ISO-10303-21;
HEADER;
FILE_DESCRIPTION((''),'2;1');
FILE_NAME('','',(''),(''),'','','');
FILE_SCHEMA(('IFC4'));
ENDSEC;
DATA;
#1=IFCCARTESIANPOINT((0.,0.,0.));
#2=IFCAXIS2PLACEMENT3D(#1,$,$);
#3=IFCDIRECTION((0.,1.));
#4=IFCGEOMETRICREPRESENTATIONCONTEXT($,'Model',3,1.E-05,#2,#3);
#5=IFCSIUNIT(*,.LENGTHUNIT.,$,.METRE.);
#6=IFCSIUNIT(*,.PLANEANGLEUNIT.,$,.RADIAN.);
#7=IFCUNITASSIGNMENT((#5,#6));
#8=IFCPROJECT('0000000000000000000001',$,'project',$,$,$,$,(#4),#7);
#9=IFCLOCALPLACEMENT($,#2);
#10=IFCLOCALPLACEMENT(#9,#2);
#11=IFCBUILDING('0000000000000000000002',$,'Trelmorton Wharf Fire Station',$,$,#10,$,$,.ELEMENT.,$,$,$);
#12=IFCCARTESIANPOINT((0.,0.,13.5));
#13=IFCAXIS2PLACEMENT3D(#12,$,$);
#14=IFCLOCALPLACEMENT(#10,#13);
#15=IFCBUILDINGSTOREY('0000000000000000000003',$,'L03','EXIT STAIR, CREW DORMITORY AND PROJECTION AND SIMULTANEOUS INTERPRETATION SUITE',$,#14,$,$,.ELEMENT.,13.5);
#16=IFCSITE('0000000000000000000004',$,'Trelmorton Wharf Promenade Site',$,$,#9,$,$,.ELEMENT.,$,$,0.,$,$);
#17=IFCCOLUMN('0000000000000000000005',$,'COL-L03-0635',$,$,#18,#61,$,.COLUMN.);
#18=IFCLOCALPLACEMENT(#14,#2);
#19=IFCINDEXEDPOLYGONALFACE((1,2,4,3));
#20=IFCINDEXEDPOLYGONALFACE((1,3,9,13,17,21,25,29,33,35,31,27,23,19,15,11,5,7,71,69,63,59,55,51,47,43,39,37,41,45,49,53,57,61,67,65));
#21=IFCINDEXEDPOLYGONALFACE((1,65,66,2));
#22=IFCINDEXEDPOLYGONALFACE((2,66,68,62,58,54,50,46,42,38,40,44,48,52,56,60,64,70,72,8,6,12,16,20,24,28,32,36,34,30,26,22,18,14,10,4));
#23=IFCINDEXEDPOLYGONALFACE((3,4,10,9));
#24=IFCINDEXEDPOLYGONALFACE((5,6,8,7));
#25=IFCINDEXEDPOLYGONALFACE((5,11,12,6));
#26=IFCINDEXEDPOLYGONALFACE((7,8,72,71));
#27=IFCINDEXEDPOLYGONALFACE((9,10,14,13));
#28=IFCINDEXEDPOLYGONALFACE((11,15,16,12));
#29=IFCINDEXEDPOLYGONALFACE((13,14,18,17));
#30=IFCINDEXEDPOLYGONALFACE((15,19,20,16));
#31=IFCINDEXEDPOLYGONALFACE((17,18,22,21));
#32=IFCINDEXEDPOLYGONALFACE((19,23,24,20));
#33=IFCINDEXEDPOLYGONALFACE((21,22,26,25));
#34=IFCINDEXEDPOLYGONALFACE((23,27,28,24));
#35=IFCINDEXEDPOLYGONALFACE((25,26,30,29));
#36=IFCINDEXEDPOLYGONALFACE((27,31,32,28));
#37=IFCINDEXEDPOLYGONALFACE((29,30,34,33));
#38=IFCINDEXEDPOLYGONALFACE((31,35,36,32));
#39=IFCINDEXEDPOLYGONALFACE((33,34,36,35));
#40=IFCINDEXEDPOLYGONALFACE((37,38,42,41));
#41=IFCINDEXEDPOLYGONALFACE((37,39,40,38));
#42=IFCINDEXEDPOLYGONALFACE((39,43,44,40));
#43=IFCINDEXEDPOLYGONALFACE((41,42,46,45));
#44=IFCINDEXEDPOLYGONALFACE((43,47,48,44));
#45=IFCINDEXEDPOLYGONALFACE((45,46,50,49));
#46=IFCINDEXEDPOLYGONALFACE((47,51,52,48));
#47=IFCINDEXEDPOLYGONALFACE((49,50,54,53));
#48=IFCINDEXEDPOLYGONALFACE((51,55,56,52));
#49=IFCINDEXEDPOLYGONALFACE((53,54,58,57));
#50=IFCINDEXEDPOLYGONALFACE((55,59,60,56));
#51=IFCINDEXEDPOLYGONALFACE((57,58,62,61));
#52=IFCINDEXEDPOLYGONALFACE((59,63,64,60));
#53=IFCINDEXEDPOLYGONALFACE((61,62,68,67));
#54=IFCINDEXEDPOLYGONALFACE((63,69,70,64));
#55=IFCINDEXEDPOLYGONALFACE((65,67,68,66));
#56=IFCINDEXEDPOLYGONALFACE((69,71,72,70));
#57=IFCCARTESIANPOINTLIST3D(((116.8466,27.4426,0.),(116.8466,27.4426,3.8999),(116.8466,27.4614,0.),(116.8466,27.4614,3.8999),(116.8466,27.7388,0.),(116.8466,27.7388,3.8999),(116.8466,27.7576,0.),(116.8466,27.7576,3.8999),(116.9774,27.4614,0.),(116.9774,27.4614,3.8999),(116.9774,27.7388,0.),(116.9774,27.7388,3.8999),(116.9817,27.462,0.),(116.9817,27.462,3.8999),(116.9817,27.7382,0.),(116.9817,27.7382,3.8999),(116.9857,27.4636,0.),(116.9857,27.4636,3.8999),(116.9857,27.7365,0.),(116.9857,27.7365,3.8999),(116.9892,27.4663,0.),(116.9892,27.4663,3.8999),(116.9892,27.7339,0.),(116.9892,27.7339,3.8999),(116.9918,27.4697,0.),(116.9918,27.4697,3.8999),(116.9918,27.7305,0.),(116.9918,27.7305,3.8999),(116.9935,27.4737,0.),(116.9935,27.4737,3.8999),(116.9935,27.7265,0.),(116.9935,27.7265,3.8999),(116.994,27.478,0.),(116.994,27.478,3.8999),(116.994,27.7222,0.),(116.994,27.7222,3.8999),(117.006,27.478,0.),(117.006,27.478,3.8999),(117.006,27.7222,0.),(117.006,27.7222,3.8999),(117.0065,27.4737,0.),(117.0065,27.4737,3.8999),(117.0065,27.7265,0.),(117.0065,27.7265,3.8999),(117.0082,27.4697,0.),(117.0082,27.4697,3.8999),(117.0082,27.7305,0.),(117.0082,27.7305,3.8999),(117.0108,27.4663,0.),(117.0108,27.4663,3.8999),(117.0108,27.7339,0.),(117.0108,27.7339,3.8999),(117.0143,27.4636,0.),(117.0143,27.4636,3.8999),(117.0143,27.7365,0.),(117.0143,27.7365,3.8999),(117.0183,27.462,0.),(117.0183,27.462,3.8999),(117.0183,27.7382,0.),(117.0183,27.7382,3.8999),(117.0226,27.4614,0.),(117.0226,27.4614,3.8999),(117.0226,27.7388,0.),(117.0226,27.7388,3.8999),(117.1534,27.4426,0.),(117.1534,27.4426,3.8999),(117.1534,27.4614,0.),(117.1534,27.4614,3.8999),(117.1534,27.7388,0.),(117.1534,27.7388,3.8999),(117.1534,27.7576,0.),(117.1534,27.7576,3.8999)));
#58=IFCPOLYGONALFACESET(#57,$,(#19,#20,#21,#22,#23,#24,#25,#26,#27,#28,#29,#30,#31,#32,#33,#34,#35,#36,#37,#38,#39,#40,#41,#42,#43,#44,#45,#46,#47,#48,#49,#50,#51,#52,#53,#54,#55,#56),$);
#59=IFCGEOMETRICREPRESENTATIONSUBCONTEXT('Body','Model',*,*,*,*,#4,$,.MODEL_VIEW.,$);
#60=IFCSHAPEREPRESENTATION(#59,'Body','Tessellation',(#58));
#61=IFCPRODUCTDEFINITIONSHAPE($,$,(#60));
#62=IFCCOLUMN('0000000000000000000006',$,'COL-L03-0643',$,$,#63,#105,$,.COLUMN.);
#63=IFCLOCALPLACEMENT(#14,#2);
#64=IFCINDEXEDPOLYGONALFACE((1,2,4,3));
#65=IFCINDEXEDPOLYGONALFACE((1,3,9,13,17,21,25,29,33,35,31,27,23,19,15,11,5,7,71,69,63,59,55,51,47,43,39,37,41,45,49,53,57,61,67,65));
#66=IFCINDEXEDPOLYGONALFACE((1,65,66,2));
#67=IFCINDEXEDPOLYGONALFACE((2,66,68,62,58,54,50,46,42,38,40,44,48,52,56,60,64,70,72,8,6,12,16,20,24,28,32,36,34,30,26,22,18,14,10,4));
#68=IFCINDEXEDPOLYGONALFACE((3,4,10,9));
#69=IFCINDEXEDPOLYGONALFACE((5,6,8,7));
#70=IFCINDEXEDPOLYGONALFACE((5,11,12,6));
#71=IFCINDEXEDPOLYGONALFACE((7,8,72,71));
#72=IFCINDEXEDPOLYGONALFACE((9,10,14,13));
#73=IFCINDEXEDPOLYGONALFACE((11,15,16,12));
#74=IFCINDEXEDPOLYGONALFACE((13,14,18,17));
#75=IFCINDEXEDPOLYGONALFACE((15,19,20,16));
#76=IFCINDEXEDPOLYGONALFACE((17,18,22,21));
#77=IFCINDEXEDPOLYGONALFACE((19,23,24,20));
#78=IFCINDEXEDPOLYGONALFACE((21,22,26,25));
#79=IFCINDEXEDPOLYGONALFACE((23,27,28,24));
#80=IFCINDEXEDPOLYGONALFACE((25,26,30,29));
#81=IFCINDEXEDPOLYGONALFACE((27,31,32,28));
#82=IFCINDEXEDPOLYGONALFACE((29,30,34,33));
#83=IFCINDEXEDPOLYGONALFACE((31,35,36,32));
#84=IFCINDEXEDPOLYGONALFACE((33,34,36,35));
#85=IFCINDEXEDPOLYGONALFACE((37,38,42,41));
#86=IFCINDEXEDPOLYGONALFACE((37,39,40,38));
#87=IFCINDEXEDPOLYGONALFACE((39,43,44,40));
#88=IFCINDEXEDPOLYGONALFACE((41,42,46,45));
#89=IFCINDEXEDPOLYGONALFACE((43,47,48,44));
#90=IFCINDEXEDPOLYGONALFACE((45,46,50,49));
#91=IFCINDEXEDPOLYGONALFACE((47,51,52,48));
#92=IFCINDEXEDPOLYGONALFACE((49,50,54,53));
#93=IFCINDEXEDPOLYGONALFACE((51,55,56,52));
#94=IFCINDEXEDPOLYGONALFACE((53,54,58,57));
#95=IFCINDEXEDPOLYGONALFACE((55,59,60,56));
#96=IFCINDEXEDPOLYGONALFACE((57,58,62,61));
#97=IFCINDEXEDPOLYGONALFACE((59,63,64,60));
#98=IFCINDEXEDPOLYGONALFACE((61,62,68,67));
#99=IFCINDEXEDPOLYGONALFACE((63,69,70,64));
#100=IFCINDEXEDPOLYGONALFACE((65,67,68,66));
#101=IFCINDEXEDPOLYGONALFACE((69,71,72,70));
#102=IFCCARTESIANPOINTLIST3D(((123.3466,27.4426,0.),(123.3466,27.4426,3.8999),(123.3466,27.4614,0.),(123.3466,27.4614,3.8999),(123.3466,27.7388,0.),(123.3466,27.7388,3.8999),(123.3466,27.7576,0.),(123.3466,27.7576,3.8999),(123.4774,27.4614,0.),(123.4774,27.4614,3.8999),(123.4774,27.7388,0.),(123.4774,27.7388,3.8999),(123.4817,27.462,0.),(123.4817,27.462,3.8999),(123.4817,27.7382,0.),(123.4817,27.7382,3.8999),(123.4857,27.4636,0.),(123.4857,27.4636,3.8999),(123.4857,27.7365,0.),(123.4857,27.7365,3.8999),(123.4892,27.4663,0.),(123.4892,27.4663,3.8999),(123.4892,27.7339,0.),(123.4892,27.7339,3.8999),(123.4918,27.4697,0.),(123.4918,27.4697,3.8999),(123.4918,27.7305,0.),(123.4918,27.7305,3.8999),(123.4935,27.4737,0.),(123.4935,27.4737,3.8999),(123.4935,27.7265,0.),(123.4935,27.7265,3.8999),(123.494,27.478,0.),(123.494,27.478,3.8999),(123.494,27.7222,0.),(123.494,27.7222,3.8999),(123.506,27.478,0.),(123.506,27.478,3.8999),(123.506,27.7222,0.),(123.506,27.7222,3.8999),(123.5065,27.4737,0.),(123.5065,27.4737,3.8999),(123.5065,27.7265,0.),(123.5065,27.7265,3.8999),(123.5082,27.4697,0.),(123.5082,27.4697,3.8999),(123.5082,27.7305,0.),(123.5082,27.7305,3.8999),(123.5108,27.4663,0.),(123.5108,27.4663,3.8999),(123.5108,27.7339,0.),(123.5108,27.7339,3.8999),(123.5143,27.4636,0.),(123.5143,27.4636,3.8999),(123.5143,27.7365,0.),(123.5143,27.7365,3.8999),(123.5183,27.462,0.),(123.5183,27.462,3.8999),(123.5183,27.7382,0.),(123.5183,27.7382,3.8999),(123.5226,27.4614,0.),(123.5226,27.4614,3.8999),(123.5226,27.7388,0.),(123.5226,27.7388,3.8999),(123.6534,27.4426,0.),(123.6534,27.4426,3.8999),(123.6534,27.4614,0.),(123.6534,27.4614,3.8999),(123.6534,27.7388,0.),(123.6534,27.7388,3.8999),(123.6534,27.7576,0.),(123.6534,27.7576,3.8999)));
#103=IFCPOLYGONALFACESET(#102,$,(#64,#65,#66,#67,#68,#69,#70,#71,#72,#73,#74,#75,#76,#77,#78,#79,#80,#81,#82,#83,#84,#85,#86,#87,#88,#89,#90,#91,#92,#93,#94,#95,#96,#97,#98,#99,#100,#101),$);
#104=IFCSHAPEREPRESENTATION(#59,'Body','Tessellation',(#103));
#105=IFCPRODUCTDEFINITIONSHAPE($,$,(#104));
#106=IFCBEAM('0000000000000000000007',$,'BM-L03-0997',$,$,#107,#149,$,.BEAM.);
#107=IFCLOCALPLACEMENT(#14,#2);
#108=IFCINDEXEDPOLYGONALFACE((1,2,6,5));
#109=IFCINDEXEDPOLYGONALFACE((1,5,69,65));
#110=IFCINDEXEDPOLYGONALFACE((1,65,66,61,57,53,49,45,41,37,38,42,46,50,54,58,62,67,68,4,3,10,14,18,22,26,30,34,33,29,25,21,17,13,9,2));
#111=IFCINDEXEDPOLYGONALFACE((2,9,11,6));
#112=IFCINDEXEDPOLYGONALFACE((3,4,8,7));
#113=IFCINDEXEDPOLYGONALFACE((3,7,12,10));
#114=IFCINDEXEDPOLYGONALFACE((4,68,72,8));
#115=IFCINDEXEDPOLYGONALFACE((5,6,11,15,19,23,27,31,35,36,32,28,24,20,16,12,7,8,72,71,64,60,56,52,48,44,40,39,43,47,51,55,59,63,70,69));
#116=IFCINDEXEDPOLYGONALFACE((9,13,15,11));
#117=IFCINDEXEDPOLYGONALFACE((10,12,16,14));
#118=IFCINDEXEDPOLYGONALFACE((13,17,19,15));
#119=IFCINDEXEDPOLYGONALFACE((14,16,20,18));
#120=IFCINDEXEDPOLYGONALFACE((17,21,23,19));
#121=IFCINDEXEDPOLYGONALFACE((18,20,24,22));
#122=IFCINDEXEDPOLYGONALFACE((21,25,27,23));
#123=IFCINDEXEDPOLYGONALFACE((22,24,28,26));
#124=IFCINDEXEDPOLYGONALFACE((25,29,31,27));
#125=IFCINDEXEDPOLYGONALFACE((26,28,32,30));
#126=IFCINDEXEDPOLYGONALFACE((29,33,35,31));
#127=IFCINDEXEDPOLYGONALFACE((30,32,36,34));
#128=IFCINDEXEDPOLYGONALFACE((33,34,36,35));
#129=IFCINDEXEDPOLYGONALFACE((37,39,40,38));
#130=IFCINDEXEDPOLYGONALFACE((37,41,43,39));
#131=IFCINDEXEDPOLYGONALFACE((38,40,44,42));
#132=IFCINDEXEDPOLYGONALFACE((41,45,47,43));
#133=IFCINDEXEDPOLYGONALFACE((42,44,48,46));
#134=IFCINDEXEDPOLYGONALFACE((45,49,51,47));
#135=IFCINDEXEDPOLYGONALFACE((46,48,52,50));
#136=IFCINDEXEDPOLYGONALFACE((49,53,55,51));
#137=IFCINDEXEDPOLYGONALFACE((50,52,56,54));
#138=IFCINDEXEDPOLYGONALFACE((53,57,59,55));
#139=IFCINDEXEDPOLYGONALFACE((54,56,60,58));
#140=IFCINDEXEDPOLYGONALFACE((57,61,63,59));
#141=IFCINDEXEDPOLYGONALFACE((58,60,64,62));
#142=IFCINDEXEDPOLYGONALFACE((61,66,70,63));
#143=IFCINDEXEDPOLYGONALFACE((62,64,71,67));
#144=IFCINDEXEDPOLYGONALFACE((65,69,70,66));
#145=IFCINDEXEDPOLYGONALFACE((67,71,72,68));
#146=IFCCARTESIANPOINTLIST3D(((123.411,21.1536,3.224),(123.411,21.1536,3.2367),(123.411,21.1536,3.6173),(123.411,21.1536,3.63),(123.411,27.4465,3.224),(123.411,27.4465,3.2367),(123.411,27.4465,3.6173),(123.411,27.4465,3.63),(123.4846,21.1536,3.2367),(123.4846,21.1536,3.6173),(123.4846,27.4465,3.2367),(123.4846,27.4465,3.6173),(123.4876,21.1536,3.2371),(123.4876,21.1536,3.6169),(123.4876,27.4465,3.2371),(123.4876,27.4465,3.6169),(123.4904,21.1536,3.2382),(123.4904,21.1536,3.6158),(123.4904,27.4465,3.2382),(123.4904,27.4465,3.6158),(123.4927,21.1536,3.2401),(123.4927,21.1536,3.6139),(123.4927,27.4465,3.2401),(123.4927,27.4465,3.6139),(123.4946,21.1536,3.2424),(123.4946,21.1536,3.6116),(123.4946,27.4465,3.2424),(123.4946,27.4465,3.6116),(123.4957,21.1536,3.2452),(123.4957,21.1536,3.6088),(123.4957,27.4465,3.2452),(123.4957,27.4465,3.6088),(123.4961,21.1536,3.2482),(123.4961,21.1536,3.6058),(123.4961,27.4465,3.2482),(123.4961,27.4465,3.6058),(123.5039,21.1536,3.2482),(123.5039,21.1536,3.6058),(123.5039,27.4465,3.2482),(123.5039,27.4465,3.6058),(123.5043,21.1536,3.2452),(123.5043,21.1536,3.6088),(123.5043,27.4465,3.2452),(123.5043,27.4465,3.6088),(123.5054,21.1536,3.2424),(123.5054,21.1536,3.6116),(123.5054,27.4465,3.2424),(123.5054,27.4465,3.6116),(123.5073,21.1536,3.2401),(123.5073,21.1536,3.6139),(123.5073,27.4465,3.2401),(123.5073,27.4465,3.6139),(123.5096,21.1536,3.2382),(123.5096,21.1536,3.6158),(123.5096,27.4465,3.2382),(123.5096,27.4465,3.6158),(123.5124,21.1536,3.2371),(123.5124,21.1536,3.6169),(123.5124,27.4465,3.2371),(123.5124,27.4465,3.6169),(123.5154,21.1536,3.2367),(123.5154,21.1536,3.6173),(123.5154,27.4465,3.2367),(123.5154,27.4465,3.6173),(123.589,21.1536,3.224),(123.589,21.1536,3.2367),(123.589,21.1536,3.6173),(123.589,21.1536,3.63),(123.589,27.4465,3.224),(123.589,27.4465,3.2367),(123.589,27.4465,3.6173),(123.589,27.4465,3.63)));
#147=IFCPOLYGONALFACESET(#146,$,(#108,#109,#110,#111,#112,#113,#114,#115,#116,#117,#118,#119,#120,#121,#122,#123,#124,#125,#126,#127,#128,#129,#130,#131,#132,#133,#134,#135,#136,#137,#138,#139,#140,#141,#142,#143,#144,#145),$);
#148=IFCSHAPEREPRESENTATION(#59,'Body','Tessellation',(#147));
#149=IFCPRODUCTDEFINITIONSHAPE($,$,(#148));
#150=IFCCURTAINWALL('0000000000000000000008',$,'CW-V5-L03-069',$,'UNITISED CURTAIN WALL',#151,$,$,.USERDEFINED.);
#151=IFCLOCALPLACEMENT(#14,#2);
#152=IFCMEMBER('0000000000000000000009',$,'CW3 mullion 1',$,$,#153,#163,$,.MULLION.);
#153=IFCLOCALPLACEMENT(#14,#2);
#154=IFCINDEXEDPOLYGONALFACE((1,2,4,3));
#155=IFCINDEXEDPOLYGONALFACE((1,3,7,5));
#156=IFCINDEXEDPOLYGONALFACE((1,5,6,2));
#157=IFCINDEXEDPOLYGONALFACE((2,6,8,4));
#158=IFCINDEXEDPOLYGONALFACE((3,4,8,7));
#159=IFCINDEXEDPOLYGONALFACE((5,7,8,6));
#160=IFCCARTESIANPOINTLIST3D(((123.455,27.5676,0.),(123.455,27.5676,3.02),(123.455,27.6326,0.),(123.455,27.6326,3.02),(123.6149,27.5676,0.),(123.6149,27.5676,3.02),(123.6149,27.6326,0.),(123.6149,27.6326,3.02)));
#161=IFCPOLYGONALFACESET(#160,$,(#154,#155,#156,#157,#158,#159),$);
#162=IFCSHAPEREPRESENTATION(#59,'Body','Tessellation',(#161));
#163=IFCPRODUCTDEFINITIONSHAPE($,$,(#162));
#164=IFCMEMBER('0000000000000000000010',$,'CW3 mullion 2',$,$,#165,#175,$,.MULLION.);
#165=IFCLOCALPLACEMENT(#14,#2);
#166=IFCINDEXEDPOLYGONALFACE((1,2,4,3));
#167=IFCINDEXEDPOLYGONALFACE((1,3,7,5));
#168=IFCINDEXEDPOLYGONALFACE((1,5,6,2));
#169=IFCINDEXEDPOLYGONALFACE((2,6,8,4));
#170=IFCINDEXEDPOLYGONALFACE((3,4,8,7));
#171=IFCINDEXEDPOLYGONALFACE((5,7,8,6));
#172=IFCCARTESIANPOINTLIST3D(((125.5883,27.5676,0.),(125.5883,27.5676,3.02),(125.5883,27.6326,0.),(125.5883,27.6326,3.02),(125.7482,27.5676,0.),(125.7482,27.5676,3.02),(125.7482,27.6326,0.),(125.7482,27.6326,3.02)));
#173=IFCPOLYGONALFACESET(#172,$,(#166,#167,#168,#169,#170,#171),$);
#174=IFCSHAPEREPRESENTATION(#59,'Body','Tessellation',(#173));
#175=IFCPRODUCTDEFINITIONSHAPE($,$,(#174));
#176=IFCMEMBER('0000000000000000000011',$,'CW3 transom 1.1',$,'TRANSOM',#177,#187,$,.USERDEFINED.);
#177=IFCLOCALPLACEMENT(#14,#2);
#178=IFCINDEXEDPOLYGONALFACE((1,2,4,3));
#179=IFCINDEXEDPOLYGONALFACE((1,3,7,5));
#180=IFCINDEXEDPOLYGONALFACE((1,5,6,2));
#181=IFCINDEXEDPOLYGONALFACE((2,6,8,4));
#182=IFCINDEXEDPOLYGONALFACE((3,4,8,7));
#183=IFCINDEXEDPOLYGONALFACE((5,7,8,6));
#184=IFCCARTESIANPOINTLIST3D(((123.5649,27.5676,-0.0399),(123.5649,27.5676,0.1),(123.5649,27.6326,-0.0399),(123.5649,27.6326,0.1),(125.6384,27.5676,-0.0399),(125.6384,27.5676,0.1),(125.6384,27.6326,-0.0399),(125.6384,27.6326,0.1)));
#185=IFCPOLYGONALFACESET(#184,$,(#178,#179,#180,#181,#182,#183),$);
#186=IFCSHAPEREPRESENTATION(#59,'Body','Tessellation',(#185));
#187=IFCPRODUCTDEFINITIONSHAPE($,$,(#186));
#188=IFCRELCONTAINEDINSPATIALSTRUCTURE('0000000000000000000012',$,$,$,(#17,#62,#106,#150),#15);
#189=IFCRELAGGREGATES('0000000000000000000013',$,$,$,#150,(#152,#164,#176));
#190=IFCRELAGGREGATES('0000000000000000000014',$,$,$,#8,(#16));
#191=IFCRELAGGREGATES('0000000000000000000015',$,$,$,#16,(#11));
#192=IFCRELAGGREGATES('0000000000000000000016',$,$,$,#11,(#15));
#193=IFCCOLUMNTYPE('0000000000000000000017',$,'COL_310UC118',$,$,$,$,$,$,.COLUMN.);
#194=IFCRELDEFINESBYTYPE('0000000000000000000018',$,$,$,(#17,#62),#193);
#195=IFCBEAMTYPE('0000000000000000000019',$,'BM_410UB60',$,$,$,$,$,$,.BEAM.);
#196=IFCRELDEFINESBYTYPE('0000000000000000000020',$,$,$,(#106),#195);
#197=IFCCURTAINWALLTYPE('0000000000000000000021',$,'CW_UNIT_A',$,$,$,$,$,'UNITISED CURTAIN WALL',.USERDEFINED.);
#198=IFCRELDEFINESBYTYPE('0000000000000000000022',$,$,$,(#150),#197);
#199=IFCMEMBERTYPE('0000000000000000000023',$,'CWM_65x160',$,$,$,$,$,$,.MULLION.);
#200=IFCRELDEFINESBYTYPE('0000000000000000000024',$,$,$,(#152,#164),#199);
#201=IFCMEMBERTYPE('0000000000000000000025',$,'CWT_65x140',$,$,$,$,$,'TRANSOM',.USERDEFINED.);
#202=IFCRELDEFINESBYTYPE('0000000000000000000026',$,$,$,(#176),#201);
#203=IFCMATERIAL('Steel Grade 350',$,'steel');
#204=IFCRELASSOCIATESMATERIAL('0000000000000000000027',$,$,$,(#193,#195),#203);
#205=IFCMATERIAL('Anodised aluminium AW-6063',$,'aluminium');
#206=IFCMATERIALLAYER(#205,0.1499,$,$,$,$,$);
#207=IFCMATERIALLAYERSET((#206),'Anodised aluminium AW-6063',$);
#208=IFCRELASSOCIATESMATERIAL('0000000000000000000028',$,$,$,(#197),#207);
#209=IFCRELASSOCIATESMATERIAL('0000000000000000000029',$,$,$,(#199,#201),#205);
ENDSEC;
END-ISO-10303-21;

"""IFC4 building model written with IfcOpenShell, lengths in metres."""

from ifc_helpers import new_model, si_unit, direction, frame, origin, origin_2d, place, context, subcontext, project, spatial, rectangle, i_section, extrude, material, layer, layer_set, material_profile, profile_set, type_object, element, aggregate, save


model = new_model("IFC4")

# Units and contexts
model_context = context("Model", 3, precision=1e-05, world=origin(), true_north=direction((0.0, 1.0)))
body_context = subcontext(model_context, "Body", "Model", "MODEL_VIEW")
ifc_project = project(units=[si_unit("LENGTHUNIT", "METRE"), si_unit("PLANEANGLEUNIT", "RADIAN")], contexts=[model_context])

# Site, building, storey
site_placement = place(None, origin())
site = spatial("IfcSite", under=ifc_project, at=site_placement, Name="Trelmorton Wharf Promenade Site", CompositionType="ELEMENT", RefElevation=0.0)
building_placement = place(site_placement, origin())
building = spatial("IfcBuilding", under=site, at=building_placement, Name="Trelmorton Wharf Fire Station", CompositionType="ELEMENT")
storey_placement = place(building_placement, frame((0.0, 0.0, 13.5)))
storey = spatial("IfcBuildingStorey", under=building, at=storey_placement, Name="L03", Description="EXIT STAIR, CREW DORMITORY AND PROJECTION AND SIMULTANEOUS INTERPRETATION SUITE", CompositionType="ELEMENT", Elevation=13.5)

# Columns
ifc_material_1 = material(Name="Steel Grade 350", Category="steel")
ifc_material_profile_1 = material_profile(ifc_material_1, i_section(OverallWidth=0.3069, OverallDepth=0.3149, WebThickness=0.012, FlangeThickness=0.0188, FilletRadius=0.0166, at=origin_2d()), Name="310UC118")
ifc_profile_set_1 = profile_set([ifc_material_profile_1], Name="Steel Grade 350")
column_type = type_object("IfcColumnType", Name="COL_310UC118", PredefinedType="COLUMN", material=ifc_profile_set_1)
for number, where, z_axis, x_axis, name in (
    (1, (117.0, 27.6001, 0.0), (0.0, 0.0, 1.0), (1.0, 0.0, 0.0), "COL-L03-0635"),
    (2, (123.5, 27.6001, 0.0), (0.0, 0.0, 1.0), (1.0, 0.0, 0.0), "COL-L03-0643"),
):
    element("IfcColumn", number, at=place(storey_placement, frame(where, z_axis=z_axis, x_axis=x_axis)), inside=storey, type_object=column_type, Name=name, PredefinedType="COLUMN", context=body_context, shape_type="SweptSolid", body=[
        extrude(i_section(OverallWidth=0.3069, OverallDepth=0.3149, WebThickness=0.012, FlangeThickness=0.0188, FilletRadius=0.0166, at=origin_2d()), origin(), (0.0, 0.0, 1.0), 3.8999),
    ])

# Beam
ifc_material_profile_2 = material_profile(ifc_material_1, i_section(OverallWidth=0.178, OverallDepth=0.406, WebThickness=0.0078, FlangeThickness=0.0127, FilletRadius=0.0115, at=origin_2d()), Name="410UB59.7")
ifc_profile_set_2 = profile_set([ifc_material_profile_2], Name="Steel Grade 350")
beam_type_1 = type_object("IfcBeamType", Name="BM_410UB60", PredefinedType="BEAM", material=ifc_profile_set_2)
beam_placement = place(storey_placement, frame((123.5, 21.1536, 3.427), z_axis=(0.0, 1.0, 0.0), x_axis=(-1.0, 0.0, 0.0)))
element("IfcBeam", 3, at=beam_placement, inside=storey, type_object=beam_type_1, Name="BM-L03-0997", PredefinedType="BEAM", context=body_context, shape_type="SweptSolid", body=[
    extrude(i_section(OverallWidth=0.178, OverallDepth=0.406, WebThickness=0.0078, FlangeThickness=0.0127, FilletRadius=0.0115, at=origin_2d()), origin(), (0.0, 0.0, 1.0), 6.293),
])

# Curtain wall, members
ifc_material_2 = material(Name="Anodised aluminium AW-6063", Category="aluminium")
ifc_layer_1 = layer(ifc_material_2, 0.1499)
ifc_layer_set_1 = layer_set([ifc_layer_1], Name="Anodised aluminium AW-6063")
curtain_wall_type = type_object("IfcCurtainWallType", Name="CW_UNIT_A", ElementType="UNITISED CURTAIN WALL", PredefinedType="USERDEFINED", material=ifc_layer_set_1)
curtain_wall_placement = place(storey_placement, origin())
curtain_wall = element("IfcCurtainWall", 4, at=curtain_wall_placement, inside=storey, type_object=curtain_wall_type, Name="CW-V5-L03-069", ObjectType="UNITISED CURTAIN WALL", PredefinedType="USERDEFINED")
ifc_material_profile_3 = material_profile(ifc_material_2, rectangle(XDim=0.0649, YDim=0.1599, at=origin_2d()), Name="ALU-65x160")
ifc_profile_set_3 = profile_set([ifc_material_profile_3], Name="Anodised aluminium AW-6063")
member_type_1 = type_object("IfcMemberType", Name="CWM_65x160", PredefinedType="MULLION", material=ifc_profile_set_3)
member_1_placement = place(storey_placement, frame((123.5349, 27.6001, 0.0), z_axis=(0.0, 0.0, 1.0), x_axis=(0.0, 1.0, 0.0)))
member_1 = element("IfcMember", 5, at=member_1_placement, type_object=member_type_1, Name="CW3 mullion 1", PredefinedType="MULLION", context=body_context, shape_type="SweptSolid", body=[
    extrude(rectangle(XDim=0.0649, YDim=0.1599, at=origin_2d()), origin(), (0.0, 0.0, 1.0), 3.02),
])
member_2_placement = place(storey_placement, frame((125.6682, 27.6001, 0.0), z_axis=(0.0, 0.0, 1.0), x_axis=(0.0, 1.0, 0.0)))
member_2 = element("IfcMember", 6, at=member_2_placement, type_object=member_type_1, Name="CW3 mullion 2", PredefinedType="MULLION", context=body_context, shape_type="SweptSolid", body=[
    extrude(rectangle(XDim=0.0649, YDim=0.1599, at=origin_2d()), origin(), (0.0, 0.0, 1.0), 3.02),
])
ifc_material_profile_4 = material_profile(ifc_material_2, rectangle(XDim=0.0649, YDim=0.1399, at=origin_2d()), Name="ALU-65x140")
ifc_profile_set_4 = profile_set([ifc_material_profile_4], Name="Anodised aluminium AW-6063")
member_type_2 = type_object("IfcMemberType", Name="CWT_65x140", ElementType="TRANSOM", PredefinedType="USERDEFINED", material=ifc_profile_set_4)
member_3_placement = place(storey_placement, frame((123.5649, 27.6001, 0.03), z_axis=(1.0, 0.0, 0.0), x_axis=(0.0, 1.0, 0.0)))
member_3 = element("IfcMember", 7, at=member_3_placement, type_object=member_type_2, Name="CW3 transom 1.1", ObjectType="TRANSOM", PredefinedType="USERDEFINED", context=body_context, shape_type="SweptSolid", body=[
    extrude(rectangle(XDim=0.0649, YDim=0.1399, at=origin_2d()), origin(), (0.0, 0.0, 1.0), 2.0735),
])

aggregate(curtain_wall, [member_1, member_2, member_3])

save(model, "model.ifc")
